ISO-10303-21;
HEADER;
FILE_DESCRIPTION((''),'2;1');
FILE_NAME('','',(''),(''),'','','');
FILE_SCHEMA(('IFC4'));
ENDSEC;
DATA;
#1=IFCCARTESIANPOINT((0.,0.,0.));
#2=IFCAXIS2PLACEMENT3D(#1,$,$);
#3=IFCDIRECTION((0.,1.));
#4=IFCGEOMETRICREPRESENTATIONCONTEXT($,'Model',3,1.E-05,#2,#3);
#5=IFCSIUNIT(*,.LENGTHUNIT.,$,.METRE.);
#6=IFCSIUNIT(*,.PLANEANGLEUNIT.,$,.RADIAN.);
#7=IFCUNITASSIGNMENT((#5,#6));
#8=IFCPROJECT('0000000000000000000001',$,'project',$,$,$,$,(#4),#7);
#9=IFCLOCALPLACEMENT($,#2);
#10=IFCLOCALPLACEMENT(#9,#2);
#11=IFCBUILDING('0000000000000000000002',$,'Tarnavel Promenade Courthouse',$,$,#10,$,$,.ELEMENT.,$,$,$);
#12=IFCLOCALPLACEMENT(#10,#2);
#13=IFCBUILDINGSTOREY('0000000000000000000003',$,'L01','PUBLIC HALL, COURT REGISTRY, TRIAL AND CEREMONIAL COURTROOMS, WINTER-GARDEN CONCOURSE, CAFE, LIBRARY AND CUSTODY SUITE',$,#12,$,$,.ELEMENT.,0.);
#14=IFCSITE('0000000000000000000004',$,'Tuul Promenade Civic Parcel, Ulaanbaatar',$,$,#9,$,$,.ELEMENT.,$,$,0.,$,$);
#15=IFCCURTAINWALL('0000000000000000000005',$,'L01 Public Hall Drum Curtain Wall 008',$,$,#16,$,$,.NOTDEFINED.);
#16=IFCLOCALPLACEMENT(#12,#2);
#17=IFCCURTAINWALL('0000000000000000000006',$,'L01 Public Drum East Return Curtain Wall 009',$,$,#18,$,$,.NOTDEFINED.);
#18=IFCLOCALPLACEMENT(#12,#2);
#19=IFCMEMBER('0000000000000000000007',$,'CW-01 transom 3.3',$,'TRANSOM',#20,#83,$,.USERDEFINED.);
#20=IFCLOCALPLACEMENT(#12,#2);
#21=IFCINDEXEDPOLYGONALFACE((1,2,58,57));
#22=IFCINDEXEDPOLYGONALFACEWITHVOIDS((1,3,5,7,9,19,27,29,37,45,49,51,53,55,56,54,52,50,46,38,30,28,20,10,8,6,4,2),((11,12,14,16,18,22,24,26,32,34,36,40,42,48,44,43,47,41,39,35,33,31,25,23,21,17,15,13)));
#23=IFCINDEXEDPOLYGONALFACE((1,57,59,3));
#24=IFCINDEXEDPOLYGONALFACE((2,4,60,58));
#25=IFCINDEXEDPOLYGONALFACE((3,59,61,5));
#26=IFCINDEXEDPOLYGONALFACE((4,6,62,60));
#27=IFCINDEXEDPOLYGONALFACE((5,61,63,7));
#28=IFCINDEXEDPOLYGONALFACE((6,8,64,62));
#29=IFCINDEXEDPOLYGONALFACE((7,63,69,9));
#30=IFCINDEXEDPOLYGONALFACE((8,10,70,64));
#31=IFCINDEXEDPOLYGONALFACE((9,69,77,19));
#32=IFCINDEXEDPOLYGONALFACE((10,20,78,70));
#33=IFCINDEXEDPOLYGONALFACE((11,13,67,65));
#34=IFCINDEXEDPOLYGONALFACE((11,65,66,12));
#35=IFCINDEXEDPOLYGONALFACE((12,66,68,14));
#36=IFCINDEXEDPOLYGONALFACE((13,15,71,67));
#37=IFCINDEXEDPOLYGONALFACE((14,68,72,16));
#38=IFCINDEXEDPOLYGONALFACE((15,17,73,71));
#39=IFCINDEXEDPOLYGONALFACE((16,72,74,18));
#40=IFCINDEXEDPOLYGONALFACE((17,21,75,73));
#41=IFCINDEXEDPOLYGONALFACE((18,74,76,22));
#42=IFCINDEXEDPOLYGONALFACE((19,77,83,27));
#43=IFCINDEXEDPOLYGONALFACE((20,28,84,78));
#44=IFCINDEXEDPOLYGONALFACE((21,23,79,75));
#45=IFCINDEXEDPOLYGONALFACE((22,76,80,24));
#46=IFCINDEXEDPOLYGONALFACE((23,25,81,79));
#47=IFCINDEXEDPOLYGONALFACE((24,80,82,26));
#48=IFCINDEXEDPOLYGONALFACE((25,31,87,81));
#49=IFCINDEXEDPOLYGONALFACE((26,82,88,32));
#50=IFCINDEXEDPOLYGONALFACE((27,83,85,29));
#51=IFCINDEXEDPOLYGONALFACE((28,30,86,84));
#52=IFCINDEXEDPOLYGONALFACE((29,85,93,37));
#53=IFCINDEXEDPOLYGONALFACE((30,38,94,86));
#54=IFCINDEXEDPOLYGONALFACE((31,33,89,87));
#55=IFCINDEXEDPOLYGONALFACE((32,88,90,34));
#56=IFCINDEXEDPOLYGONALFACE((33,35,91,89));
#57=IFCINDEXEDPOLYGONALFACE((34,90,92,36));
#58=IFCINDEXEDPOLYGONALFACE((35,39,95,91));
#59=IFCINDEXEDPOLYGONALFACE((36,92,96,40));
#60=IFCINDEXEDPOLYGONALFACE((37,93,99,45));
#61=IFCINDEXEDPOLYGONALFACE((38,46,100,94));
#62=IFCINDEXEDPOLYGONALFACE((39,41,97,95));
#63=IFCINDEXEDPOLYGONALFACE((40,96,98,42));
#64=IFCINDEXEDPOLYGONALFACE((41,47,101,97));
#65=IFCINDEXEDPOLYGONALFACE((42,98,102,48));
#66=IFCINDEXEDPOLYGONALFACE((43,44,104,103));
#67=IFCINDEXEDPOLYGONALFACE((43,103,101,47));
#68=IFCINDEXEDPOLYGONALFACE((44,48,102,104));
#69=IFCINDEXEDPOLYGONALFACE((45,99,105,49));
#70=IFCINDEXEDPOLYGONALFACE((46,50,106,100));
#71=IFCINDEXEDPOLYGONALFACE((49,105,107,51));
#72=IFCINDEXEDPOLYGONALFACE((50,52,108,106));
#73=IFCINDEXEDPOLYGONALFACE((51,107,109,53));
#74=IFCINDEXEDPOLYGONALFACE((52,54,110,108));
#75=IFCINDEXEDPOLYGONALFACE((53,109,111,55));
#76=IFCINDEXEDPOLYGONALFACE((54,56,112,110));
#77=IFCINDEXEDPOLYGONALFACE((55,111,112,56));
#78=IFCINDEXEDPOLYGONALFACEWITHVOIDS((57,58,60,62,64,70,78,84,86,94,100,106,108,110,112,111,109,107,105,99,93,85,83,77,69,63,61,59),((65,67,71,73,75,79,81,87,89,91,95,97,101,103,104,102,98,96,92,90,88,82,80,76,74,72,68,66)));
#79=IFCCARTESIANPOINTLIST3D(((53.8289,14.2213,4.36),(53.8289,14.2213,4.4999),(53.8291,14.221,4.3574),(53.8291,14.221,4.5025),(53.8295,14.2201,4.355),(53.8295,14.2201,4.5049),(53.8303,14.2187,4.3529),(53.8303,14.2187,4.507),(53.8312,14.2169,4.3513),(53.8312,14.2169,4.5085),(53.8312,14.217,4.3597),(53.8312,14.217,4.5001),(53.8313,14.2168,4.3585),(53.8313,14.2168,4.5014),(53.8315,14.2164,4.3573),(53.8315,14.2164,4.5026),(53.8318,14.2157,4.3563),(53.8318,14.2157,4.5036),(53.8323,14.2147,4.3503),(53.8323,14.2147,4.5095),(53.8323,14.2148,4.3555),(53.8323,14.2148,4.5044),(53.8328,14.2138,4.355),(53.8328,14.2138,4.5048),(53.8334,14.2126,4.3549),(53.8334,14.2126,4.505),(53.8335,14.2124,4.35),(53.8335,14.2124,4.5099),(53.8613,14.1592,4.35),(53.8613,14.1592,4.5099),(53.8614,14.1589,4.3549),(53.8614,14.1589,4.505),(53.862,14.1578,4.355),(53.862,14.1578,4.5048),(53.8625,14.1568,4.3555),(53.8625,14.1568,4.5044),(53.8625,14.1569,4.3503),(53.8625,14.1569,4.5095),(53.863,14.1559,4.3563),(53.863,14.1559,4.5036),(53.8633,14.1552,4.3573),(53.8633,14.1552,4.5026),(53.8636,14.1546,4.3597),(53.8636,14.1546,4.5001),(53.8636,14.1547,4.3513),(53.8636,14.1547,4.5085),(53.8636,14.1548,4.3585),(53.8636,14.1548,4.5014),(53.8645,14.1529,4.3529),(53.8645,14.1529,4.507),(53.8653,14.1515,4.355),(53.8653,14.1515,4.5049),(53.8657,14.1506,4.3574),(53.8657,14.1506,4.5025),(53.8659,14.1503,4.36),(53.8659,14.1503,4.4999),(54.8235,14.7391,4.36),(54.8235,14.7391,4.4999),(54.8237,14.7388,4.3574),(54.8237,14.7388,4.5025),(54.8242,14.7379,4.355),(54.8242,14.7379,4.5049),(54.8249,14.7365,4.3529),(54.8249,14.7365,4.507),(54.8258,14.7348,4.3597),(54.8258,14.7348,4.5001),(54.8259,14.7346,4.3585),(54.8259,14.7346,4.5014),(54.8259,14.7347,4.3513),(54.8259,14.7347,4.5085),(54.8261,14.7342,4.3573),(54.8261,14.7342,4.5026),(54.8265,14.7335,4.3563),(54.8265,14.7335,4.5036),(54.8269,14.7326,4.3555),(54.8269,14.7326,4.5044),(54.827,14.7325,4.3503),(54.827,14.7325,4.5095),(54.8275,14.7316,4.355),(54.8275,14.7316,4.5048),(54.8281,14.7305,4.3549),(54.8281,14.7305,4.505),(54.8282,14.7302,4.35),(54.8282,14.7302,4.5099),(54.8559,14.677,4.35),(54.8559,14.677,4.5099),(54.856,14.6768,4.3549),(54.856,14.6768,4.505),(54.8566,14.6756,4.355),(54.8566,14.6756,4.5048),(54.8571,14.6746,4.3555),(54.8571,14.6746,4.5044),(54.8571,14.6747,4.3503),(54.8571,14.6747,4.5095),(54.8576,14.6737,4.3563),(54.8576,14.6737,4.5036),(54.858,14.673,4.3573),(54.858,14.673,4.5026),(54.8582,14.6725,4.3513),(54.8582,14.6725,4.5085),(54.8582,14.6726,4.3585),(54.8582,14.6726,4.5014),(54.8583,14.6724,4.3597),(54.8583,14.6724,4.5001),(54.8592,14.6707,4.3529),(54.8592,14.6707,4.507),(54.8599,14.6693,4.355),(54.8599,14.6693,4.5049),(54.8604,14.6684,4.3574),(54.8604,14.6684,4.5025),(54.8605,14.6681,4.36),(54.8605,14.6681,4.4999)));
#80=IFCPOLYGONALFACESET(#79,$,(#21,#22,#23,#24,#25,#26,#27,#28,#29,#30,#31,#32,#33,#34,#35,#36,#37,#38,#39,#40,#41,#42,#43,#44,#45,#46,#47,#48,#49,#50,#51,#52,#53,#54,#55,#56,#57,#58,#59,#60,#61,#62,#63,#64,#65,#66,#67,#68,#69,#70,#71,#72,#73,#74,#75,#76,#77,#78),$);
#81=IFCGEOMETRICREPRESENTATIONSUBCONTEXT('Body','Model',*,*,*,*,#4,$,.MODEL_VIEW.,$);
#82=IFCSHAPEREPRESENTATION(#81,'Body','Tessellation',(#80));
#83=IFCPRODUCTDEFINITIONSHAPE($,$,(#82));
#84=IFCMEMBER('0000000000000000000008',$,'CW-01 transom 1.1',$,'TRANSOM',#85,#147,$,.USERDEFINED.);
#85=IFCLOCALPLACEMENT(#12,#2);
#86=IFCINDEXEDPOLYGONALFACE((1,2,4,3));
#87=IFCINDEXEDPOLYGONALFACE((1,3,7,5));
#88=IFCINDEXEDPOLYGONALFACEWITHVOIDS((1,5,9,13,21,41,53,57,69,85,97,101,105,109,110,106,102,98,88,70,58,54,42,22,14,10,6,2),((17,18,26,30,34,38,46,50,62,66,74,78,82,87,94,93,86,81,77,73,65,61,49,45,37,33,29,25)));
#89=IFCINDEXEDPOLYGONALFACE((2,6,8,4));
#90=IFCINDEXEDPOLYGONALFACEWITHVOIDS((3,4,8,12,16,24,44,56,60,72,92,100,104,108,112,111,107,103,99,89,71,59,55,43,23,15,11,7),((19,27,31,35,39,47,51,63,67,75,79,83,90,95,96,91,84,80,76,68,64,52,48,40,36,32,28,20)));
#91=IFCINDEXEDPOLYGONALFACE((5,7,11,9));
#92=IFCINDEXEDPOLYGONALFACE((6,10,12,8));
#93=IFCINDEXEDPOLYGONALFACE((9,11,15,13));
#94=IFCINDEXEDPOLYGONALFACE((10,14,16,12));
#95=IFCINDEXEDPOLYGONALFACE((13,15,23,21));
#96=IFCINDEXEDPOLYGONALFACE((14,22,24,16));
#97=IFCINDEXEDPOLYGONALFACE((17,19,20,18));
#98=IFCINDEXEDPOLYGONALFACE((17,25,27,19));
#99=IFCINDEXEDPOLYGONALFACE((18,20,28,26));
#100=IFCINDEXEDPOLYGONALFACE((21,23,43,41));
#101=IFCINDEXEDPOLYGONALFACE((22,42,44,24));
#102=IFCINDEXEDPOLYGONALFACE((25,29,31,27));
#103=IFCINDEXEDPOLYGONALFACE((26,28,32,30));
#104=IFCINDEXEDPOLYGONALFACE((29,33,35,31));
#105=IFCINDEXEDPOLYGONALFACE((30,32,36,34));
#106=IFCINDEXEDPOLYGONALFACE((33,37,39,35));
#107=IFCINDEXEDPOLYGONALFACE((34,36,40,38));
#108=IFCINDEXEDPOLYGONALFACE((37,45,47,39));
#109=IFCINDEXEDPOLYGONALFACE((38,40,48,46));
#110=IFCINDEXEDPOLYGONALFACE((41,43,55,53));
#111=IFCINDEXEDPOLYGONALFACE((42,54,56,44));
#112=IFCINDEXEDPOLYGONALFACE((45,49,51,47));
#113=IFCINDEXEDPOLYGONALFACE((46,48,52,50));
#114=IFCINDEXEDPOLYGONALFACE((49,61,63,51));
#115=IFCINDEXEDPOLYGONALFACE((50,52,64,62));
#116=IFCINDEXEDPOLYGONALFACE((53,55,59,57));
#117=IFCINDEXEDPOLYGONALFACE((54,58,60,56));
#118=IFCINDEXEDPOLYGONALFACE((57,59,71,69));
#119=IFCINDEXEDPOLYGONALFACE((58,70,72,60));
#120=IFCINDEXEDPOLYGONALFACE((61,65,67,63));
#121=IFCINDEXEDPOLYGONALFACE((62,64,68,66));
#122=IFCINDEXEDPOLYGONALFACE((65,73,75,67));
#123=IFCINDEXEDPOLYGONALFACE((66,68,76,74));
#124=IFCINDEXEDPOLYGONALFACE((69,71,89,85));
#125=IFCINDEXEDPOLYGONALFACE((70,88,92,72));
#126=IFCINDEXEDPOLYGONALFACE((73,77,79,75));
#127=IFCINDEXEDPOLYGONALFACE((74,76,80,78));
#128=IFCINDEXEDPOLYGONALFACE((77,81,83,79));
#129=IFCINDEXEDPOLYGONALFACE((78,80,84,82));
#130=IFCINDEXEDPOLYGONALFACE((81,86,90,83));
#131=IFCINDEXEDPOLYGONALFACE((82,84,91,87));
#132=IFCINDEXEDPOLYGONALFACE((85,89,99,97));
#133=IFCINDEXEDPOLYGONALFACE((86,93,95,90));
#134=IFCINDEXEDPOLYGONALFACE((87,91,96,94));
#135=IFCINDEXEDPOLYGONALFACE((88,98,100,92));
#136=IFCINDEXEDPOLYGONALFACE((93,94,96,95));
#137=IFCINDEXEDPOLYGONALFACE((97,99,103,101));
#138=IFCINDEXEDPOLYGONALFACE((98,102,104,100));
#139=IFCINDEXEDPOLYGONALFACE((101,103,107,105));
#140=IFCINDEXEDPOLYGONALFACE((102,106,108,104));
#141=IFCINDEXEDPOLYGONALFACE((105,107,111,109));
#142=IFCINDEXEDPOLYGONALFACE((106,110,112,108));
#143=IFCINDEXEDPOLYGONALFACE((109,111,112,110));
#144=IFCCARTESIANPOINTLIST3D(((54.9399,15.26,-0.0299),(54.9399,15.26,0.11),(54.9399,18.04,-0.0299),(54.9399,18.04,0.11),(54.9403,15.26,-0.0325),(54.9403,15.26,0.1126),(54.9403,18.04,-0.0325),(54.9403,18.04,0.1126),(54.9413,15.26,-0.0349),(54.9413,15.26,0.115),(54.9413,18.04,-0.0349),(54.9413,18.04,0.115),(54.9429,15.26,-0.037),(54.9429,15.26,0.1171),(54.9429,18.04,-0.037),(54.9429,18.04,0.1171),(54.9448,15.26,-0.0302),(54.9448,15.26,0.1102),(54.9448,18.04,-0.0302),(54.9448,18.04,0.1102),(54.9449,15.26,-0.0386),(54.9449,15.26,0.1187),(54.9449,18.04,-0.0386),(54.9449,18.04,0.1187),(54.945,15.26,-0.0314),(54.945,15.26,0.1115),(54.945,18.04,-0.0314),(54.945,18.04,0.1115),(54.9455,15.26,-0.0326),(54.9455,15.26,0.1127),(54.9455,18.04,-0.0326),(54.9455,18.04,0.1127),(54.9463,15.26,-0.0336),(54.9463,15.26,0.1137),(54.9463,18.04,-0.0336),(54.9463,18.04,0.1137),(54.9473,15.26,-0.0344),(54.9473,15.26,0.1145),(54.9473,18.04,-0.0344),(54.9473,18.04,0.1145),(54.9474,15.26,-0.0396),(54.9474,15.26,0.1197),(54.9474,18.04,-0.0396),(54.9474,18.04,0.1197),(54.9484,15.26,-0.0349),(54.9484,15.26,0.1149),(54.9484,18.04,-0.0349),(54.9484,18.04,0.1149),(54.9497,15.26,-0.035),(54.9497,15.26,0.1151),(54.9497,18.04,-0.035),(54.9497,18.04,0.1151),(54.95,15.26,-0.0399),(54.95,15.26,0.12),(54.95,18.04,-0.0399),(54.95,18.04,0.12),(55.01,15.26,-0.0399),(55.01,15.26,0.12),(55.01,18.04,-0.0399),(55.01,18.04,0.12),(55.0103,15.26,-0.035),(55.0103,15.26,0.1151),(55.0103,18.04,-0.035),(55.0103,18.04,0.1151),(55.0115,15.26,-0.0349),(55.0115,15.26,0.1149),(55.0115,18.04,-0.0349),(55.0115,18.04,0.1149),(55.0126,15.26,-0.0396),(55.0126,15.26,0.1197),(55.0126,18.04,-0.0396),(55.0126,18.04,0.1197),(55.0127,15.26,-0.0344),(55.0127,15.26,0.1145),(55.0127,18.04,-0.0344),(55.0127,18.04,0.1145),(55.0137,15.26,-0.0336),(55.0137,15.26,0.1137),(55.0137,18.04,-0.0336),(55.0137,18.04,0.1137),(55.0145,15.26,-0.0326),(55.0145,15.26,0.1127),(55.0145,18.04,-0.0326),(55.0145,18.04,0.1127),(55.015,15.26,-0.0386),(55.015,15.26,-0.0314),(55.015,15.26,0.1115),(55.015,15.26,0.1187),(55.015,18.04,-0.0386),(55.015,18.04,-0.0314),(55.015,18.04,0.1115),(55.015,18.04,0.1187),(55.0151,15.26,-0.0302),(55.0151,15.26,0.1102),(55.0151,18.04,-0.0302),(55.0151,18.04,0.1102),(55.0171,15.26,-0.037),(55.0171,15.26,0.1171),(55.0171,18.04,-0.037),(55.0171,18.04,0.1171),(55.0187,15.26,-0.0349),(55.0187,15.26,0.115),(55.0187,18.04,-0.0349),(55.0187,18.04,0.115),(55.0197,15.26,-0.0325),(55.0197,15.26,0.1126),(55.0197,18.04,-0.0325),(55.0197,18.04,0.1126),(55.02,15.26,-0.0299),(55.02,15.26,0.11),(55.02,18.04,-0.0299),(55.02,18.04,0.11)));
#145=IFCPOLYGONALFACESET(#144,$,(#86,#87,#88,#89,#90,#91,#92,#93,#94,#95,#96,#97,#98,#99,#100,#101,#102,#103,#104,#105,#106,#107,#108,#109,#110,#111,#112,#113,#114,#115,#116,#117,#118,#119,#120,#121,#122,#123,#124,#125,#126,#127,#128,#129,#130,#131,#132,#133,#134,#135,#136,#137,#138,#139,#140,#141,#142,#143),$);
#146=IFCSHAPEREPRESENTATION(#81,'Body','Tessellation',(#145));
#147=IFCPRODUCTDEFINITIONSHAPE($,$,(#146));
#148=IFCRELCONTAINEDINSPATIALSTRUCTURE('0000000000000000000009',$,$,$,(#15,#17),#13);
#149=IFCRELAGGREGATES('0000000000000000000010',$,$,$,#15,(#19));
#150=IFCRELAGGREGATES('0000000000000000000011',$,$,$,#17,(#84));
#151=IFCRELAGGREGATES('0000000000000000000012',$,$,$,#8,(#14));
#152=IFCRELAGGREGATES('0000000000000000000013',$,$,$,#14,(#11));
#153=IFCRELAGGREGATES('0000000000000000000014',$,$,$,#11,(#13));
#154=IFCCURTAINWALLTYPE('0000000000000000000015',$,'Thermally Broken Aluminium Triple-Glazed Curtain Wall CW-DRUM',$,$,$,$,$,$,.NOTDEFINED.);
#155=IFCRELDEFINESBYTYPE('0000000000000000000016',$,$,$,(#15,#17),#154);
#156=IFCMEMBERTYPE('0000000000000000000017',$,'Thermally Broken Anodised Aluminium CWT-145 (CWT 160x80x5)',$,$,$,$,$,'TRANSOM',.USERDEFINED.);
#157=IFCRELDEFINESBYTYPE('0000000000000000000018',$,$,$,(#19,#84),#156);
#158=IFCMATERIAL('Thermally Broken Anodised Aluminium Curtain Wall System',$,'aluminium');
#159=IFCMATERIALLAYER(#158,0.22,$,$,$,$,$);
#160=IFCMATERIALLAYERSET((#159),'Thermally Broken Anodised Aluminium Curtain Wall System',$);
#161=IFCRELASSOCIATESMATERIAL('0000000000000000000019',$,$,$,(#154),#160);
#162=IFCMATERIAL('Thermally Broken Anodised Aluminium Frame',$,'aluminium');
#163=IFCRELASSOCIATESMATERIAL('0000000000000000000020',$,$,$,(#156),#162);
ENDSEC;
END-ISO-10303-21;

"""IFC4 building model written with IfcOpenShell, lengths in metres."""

from ifc_helpers import new_model, si_unit, direction, frame, origin, origin_2d, place, context, subcontext, project, spatial, hollow_rectangle, extrude, material, layer, layer_set, material_profile, profile_set, type_object, element, aggregate, save


model = new_model("IFC4")

# Units and contexts
model_context = context("Model", 3, precision=1e-05, world=origin(), true_north=direction((0.0, 1.0)))
body_context = subcontext(model_context, "Body", "Model", "MODEL_VIEW")
ifc_project = project(units=[si_unit("LENGTHUNIT", "METRE"), si_unit("PLANEANGLEUNIT", "RADIAN")], contexts=[model_context])

# Site, building, storey
site_placement = place(None, origin())
site = spatial("IfcSite", under=ifc_project, at=site_placement, Name="Tuul Promenade Civic Parcel, Ulaanbaatar", CompositionType="ELEMENT", RefElevation=0.0)
building_placement = place(site_placement, origin())
building = spatial("IfcBuilding", under=site, at=building_placement, Name="Tarnavel Promenade Courthouse", CompositionType="ELEMENT")
storey_placement = place(building_placement, origin())
storey = spatial("IfcBuildingStorey", under=building, at=storey_placement, Name="L01", Description="PUBLIC HALL, COURT REGISTRY, TRIAL AND CEREMONIAL COURTROOMS, WINTER-GARDEN CONCOURSE, CAFE, LIBRARY AND CUSTODY SUITE", CompositionType="ELEMENT", Elevation=0.0)

# Curtain walls
ifc_material_1 = material(Name="Thermally Broken Anodised Aluminium Curtain Wall System", Category="aluminium")
ifc_layer_1 = layer(ifc_material_1, 0.22)
ifc_layer_set_1 = layer_set([ifc_layer_1], Name="Thermally Broken Anodised Aluminium Curtain Wall System")
curtain_wall_type = type_object("IfcCurtainWallType", Name="Thermally Broken Aluminium Triple-Glazed Curtain Wall CW-DRUM", PredefinedType="NOTDEFINED", material=ifc_layer_set_1)
curtain_wall_1_placement = place(storey_placement, origin())
curtain_wall_1 = element("IfcCurtainWall", 1, at=curtain_wall_1_placement, inside=storey, type_object=curtain_wall_type, Name="L01 Public Hall Drum Curtain Wall 008", PredefinedType="NOTDEFINED")
ifc_material_2 = material(Name="Thermally Broken Anodised Aluminium Frame", Category="aluminium")
curtain_wall_2_placement = place(storey_placement, origin())
curtain_wall_2 = element("IfcCurtainWall", 2, at=curtain_wall_2_placement, inside=storey, type_object=curtain_wall_type, Name="L01 Public Drum East Return Curtain Wall 009", PredefinedType="NOTDEFINED")

# Members
ifc_material_profile_1 = material_profile(ifc_material_2, hollow_rectangle(XDim=0.0801, YDim=0.1599, WallThickness=0.0049, InnerFilletRadius=0.0049, OuterFilletRadius=0.01, at=origin_2d()), Name="CWT 160x80x5")
ifc_profile_set_1 = profile_set([ifc_material_profile_1], Name="Thermally Broken Anodised Aluminium Frame")
member_type_1 = type_object("IfcMemberType", Name="Thermally Broken Anodised Aluminium CWT-145 (CWT 160x80x5)", ElementType="TRANSOM", PredefinedType="USERDEFINED", material=ifc_profile_set_1)
member_1_placement = place(storey_placement, frame((53.8474, 14.1858, 4.4299), z_axis=(0.886992, 0.461785, 0.0), x_axis=(-0.461785, 0.886992, 0.0)))
member_1 = element("IfcMember", 3, at=member_1_placement, type_object=member_type_1, Name="CW-01 transom 3.3", ObjectType="TRANSOM", PredefinedType="USERDEFINED", context=body_context, shape_type="SweptSolid", body=[
    extrude(hollow_rectangle(XDim=0.0801, YDim=0.1599, WallThickness=0.0049, InnerFilletRadius=0.0049, OuterFilletRadius=0.01, at=origin_2d()), origin(), (0.0, 0.0, 1.0), 1.1213),
])
member_2_placement = place(storey_placement, frame((54.98, 15.26, 0.04), z_axis=(0.0, 1.0, 0.0), x_axis=(-1.0, 0.0, 0.0)))
member_2 = element("IfcMember", 4, at=member_2_placement, type_object=member_type_1, Name="CW-01 transom 1.1", ObjectType="TRANSOM", PredefinedType="USERDEFINED", context=body_context, shape_type="SweptSolid", body=[
    extrude(hollow_rectangle(XDim=0.0801, YDim=0.1599, WallThickness=0.0049, InnerFilletRadius=0.0049, OuterFilletRadius=0.01, at=origin_2d()), origin(), (0.0, 0.0, 1.0), 2.78),
])

aggregate(curtain_wall_1, [member_1])
aggregate(curtain_wall_2, [member_2])

save(model, "model.ifc")
